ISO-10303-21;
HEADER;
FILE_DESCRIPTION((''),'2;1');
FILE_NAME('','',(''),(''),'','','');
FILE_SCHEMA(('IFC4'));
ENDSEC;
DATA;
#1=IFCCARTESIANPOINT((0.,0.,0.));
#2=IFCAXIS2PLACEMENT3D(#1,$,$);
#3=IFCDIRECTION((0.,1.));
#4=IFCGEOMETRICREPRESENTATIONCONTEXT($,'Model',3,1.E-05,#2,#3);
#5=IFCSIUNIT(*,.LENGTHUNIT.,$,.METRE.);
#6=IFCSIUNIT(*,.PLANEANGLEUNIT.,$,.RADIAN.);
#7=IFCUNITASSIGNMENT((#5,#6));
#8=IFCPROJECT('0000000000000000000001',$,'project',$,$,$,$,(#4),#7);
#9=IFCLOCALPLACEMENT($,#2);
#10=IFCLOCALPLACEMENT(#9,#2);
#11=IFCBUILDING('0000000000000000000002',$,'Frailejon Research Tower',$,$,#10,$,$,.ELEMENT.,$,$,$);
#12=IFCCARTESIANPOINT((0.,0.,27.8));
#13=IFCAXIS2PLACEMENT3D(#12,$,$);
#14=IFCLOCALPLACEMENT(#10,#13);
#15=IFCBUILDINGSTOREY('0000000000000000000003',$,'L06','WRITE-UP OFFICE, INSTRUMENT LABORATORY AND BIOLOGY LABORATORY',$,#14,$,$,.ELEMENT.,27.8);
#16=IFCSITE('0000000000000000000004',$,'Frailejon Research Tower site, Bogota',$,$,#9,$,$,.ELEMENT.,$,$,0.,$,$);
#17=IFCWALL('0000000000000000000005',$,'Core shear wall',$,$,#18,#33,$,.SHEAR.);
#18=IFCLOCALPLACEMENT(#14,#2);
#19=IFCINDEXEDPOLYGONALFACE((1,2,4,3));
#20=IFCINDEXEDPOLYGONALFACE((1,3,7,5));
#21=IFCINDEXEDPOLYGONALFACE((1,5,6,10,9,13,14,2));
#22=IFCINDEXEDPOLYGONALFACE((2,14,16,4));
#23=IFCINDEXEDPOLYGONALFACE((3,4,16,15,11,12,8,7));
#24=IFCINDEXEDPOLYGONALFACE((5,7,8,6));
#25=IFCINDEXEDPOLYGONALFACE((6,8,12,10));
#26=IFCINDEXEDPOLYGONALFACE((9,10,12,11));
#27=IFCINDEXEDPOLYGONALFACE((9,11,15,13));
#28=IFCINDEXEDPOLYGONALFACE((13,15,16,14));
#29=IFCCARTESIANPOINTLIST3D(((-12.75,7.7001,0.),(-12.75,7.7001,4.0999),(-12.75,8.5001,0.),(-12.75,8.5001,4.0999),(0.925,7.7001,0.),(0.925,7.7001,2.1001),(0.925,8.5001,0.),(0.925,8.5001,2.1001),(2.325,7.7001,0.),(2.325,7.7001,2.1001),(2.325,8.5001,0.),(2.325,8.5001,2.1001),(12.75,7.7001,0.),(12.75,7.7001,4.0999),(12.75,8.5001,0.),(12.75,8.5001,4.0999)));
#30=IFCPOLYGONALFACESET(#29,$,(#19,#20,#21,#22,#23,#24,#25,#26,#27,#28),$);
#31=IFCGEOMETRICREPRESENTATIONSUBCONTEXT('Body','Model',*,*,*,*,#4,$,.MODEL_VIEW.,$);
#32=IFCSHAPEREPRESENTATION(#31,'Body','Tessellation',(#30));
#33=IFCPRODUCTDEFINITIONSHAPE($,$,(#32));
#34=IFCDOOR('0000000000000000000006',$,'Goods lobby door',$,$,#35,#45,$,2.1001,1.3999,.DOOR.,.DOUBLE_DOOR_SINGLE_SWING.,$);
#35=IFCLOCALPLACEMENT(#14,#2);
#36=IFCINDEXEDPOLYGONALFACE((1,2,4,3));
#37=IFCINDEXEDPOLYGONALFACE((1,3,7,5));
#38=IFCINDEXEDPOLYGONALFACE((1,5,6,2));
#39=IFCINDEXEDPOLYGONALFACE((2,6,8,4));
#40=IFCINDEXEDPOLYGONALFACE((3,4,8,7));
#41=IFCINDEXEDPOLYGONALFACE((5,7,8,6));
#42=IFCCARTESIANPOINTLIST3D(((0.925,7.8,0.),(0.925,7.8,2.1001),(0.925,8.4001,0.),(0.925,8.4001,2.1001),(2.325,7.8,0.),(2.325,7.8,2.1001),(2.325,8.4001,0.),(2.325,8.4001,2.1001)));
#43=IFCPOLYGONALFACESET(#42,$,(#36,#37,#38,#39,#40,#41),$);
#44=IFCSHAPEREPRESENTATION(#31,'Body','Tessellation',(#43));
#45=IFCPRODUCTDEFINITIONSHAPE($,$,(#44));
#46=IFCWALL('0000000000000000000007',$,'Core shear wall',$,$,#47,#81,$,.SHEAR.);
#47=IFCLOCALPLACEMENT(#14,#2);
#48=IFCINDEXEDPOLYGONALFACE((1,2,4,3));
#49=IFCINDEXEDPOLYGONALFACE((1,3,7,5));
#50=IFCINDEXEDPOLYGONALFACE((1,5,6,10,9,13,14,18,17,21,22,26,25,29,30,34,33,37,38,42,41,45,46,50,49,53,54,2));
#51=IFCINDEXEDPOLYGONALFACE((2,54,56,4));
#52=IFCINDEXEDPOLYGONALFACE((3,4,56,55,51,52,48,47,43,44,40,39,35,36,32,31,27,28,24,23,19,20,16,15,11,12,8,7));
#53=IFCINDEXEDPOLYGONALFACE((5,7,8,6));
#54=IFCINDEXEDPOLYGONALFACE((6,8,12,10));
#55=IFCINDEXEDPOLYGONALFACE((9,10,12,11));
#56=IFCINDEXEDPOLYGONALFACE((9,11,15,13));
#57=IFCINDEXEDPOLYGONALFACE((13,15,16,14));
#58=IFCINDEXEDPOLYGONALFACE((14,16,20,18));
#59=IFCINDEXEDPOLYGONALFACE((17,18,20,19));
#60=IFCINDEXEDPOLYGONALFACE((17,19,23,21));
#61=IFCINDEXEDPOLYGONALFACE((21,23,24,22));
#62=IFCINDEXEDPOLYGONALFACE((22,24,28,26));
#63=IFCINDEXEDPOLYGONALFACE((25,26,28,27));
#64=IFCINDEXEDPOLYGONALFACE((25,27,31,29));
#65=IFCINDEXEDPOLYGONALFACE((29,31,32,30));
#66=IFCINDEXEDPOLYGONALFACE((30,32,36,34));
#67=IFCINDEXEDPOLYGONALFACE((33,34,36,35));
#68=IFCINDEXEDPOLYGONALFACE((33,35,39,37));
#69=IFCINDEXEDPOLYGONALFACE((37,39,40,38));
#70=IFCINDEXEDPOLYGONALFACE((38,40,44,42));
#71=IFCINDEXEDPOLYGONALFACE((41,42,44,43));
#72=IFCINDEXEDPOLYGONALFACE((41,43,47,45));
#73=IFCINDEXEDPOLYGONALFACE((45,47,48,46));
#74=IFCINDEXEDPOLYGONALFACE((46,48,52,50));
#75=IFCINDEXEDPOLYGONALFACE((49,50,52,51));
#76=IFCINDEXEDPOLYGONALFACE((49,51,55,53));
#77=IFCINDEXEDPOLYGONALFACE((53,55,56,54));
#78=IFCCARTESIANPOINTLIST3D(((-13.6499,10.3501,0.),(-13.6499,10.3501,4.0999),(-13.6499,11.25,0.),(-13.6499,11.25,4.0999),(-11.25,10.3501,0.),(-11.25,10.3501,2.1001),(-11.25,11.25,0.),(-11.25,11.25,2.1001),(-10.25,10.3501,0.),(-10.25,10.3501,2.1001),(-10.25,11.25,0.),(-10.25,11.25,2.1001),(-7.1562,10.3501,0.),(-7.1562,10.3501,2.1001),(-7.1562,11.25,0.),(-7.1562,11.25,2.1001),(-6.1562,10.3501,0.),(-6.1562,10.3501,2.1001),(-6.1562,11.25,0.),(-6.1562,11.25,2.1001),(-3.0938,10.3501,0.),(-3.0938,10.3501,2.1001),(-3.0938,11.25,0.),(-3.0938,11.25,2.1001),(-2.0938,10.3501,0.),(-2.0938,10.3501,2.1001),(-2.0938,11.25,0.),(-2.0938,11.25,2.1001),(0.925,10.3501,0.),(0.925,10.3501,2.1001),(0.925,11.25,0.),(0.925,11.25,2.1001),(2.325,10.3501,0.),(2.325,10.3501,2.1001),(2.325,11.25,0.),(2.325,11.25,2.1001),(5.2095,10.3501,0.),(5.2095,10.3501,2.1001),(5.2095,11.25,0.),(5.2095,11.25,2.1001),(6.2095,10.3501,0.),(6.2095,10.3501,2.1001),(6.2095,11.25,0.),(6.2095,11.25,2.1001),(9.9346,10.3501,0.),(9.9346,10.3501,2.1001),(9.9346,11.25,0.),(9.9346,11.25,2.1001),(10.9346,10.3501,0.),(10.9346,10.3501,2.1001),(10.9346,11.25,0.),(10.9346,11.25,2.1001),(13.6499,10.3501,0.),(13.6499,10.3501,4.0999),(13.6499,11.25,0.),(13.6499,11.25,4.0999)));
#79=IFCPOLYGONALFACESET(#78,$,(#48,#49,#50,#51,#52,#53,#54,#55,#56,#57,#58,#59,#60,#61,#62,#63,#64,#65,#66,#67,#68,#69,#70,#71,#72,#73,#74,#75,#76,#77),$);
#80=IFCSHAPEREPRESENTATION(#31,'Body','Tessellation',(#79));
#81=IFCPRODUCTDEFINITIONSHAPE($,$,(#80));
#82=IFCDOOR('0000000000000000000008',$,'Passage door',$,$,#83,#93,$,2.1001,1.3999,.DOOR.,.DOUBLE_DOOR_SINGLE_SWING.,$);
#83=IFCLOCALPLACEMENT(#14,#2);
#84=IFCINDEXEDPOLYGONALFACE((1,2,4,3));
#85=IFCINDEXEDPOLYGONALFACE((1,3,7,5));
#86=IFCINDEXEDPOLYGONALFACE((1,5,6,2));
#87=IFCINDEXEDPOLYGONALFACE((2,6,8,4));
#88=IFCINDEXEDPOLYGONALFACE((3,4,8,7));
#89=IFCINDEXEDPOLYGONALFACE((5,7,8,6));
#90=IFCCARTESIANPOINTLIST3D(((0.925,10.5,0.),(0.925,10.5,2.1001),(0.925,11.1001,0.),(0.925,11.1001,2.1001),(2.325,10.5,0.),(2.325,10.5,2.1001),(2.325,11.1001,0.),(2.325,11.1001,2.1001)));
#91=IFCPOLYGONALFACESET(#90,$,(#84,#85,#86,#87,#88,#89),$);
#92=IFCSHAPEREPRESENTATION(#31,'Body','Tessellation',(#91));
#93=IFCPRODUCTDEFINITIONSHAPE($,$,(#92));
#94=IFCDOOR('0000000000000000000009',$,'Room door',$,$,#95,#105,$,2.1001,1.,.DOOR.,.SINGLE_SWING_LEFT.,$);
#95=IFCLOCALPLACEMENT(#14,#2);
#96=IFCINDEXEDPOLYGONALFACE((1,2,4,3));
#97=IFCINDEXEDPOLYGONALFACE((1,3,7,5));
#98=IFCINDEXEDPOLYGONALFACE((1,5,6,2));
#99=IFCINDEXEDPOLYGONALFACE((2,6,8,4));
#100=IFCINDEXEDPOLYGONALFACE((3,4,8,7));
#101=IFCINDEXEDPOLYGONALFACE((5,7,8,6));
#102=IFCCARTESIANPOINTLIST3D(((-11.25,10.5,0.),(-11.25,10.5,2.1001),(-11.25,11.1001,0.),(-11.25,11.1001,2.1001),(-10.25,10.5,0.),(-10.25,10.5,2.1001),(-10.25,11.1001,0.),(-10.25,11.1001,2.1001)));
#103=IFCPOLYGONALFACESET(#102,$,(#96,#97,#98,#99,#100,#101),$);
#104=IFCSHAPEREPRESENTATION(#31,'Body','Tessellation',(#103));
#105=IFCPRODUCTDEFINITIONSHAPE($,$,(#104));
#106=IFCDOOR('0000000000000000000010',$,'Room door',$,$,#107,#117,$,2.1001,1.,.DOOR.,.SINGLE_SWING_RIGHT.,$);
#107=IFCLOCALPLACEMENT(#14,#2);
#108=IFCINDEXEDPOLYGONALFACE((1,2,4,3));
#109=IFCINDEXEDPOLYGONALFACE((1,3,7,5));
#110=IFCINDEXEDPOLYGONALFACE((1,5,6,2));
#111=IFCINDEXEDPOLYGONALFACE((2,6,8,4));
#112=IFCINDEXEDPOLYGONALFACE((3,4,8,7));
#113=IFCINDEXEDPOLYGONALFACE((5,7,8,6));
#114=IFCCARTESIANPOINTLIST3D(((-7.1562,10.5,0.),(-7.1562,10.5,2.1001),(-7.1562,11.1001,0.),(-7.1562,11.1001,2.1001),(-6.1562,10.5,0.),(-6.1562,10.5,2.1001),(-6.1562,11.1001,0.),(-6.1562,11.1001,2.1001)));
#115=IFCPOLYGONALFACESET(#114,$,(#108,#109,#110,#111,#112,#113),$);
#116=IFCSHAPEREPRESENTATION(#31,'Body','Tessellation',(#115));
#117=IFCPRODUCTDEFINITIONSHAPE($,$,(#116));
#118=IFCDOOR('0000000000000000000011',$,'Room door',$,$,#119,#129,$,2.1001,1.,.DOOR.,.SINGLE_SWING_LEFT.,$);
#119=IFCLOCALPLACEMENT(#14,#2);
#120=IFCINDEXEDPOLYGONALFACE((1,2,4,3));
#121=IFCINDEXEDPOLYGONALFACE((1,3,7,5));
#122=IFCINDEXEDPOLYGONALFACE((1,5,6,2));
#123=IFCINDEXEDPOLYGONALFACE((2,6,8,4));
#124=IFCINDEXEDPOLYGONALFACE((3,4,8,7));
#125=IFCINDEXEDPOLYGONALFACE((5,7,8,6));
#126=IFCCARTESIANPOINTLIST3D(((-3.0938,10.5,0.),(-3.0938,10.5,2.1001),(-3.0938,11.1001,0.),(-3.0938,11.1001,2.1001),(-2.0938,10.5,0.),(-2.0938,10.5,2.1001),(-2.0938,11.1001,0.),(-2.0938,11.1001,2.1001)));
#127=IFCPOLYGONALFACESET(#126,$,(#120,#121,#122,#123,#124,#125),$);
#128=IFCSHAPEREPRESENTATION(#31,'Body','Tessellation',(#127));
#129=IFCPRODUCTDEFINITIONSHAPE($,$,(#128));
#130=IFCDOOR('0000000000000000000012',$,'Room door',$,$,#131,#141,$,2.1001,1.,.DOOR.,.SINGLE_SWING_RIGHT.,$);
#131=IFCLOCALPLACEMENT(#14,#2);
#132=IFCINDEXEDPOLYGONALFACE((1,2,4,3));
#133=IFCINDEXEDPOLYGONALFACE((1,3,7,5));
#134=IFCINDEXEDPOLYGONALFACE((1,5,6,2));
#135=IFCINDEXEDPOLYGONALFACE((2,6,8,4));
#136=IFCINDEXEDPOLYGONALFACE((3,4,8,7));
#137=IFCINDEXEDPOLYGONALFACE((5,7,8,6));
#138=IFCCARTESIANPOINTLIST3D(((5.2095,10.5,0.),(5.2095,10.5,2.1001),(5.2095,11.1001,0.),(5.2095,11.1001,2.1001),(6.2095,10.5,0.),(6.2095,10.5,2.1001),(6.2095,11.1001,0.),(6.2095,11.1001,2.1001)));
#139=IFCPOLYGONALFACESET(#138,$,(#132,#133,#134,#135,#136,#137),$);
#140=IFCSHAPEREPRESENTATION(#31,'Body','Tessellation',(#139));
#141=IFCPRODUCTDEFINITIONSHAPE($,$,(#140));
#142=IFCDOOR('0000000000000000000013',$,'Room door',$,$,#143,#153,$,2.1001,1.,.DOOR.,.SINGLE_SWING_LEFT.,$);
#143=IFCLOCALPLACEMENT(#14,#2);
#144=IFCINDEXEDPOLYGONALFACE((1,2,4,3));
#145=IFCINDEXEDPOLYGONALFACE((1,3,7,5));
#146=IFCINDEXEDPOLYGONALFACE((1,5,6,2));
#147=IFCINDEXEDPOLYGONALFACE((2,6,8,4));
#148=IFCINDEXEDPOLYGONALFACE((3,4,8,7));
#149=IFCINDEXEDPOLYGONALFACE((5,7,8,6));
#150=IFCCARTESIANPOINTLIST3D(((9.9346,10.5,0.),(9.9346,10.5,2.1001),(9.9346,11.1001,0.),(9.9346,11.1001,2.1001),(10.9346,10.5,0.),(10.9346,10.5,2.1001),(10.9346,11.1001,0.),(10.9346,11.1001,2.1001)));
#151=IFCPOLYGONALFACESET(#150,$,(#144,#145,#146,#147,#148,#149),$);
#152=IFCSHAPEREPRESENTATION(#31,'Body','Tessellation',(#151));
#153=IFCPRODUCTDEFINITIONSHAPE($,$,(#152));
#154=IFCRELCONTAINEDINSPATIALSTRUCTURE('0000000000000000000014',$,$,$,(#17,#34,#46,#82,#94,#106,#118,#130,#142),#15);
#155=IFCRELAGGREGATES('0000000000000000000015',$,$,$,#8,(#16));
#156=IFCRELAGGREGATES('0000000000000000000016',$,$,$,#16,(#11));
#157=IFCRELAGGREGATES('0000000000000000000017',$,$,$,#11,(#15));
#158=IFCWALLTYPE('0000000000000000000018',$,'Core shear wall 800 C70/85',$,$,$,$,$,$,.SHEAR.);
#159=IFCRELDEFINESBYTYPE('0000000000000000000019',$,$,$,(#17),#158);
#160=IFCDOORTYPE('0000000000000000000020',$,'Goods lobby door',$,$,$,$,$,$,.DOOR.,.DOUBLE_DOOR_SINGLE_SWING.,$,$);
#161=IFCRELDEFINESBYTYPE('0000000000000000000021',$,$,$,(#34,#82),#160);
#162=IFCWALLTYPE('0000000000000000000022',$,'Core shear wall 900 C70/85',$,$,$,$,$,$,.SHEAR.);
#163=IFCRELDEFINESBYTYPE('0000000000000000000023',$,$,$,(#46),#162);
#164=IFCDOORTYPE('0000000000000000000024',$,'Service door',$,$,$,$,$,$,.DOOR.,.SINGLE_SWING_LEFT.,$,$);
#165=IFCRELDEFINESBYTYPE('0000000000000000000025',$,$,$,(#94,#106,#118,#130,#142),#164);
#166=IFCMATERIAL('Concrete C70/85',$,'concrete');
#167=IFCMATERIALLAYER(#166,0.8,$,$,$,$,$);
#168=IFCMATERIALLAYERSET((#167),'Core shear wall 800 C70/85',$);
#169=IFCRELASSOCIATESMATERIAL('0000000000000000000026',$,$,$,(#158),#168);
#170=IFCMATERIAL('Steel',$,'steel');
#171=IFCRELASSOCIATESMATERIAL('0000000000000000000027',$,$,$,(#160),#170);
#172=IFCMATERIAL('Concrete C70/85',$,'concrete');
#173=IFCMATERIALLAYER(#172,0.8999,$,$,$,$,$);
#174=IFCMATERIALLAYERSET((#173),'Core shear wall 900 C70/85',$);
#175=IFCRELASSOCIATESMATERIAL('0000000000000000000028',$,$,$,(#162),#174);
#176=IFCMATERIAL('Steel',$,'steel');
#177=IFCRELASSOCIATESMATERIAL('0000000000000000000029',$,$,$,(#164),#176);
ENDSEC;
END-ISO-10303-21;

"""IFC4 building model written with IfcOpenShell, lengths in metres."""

from ifc_helpers import new_model, si_unit, direction, frame, frame_2d, origin, place, context, subcontext, project, spatial, rectangle, extrude, material, layer, layer_set, type_object, element, fill, save


model = new_model("IFC4")

# Units and contexts
model_context = context("Model", 3, precision=1e-05, world=origin(), true_north=direction((0.0, 1.0)))
body_context = subcontext(model_context, "Body", "Model", "MODEL_VIEW")
ifc_project = project(units=[si_unit("LENGTHUNIT", "METRE"), si_unit("PLANEANGLEUNIT", "RADIAN")], contexts=[model_context])

# Site, building, storey
site_placement = place(None, origin())
site = spatial("IfcSite", under=ifc_project, at=site_placement, Name="Frailejon Research Tower site, Bogota", CompositionType="ELEMENT", RefElevation=0.0)
building_placement = place(site_placement, origin())
building = spatial("IfcBuilding", under=site, at=building_placement, Name="Frailejon Research Tower", CompositionType="ELEMENT")
storey_placement = place(building_placement, frame((0.0, 0.0, 27.8)))
storey = spatial("IfcBuildingStorey", under=building, at=storey_placement, Name="L06", Description="WRITE-UP OFFICE, INSTRUMENT LABORATORY AND BIOLOGY LABORATORY", CompositionType="ELEMENT", Elevation=27.8)

# Wall, opening, door
ifc_material_1 = material(Name="Concrete C70/85", Category="concrete")
ifc_layer_1 = layer(ifc_material_1, 0.8)
ifc_layer_set_1 = layer_set([ifc_layer_1], Name="Core shear wall 800 C70/85")
wall_type_1 = type_object("IfcWallType", Name="Core shear wall 800 C70/85", PredefinedType="SHEAR", material=ifc_layer_set_1)
wall_1_placement = place(storey_placement, frame((-12.75, 8.1001, 0.0), z_axis=(0.0, 0.0, 1.0), x_axis=(1.0, 0.0, 0.0)))
wall_1 = element("IfcWall", 1, at=wall_1_placement, inside=storey, type_object=wall_type_1, Name="Core shear wall", PredefinedType="SHEAR", context=body_context, shape_type="SweptSolid", body=[
    extrude(rectangle(XDim=25.5, YDim=0.8, at=frame_2d((12.75, 0.0))), origin(), (0.0, 0.0, 1.0), 4.0999),
])
opening_1_placement = place(wall_1_placement, frame((13.675, 0.0, 0.0)))
opening_1 = element("IfcOpeningElement", 2, at=opening_1_placement, cuts=wall_1, PredefinedType="OPENING", context=body_context, shape_type="SweptSolid", body=[
    extrude(rectangle(XDim=1.3999, YDim=2.1001, at=frame_2d((0.7, 1.05))), frame((0.0, 0.4099, 0.0), z_axis=(0.0, -1.0, 0.0), x_axis=(1.0, 0.0, 0.0)), (0.0, 0.0, 1.0), 0.8201),
])
ifc_material_2 = material(Name="Steel", Category="steel")
door_type_1 = type_object("IfcDoorType", Name="Goods lobby door", OperationType="DOUBLE_DOOR_SINGLE_SWING", PredefinedType="DOOR", material=ifc_material_2)
door_1_placement = place(opening_1_placement, origin())
door_1 = element("IfcDoor", 3, at=door_1_placement, inside=storey, type_object=door_type_1, Name="Goods lobby door", OperationType="DOUBLE_DOOR_SINGLE_SWING", OverallHeight=2.1001, OverallWidth=1.3999, PredefinedType="DOOR", context=body_context, shape_type="SweptSolid", body=[
    extrude(rectangle(XDim=1.3999, YDim=2.1001, at=frame_2d((0.7, 1.05))), frame((0.0, 0.3, 0.0), z_axis=(0.0, -1.0, 0.0), x_axis=(1.0, 0.0, 0.0)), (0.0, 0.0, 1.0), 0.6001),
])
fill(opening_1, door_1)

# Wall, openings, doors
ifc_material_3 = material(Name="Concrete C70/85", Category="concrete")
ifc_layer_2 = layer(ifc_material_3, 0.8999)
ifc_layer_set_2 = layer_set([ifc_layer_2], Name="Core shear wall 900 C70/85")
wall_type_2 = type_object("IfcWallType", Name="Core shear wall 900 C70/85", PredefinedType="SHEAR", material=ifc_layer_set_2)
wall_2_placement = place(storey_placement, frame((-13.6499, 10.8, 0.0), z_axis=(0.0, 0.0, 1.0), x_axis=(1.0, 0.0, 0.0)))
wall_2 = element("IfcWall", 4, at=wall_2_placement, inside=storey, type_object=wall_type_2, Name="Core shear wall", PredefinedType="SHEAR", context=body_context, shape_type="SweptSolid", body=[
    extrude(rectangle(XDim=27.2998, YDim=0.8999, at=frame_2d((13.6499, 0.0))), origin(), (0.0, 0.0, 1.0), 4.0999),
])
opening_2_placement = place(wall_2_placement, frame((2.3999, 0.0, 0.0)))
opening_2 = element("IfcOpeningElement", 5, at=opening_2_placement, cuts=wall_2, PredefinedType="OPENING", context=body_context, shape_type="SweptSolid", body=[
    extrude(rectangle(XDim=1.0, YDim=2.1001, at=frame_2d((0.5, 1.05))), frame((0.0, 0.46, 0.0), z_axis=(0.0, -1.0, 0.0), x_axis=(1.0, 0.0, 0.0)), (0.0, 0.0, 1.0), 0.9199),
])
opening_3_placement = place(wall_2_placement, frame((6.4937, 0.0, 0.0)))
opening_3 = element("IfcOpeningElement", 6, at=opening_3_placement, cuts=wall_2, PredefinedType="OPENING", context=body_context, shape_type="SweptSolid", body=[
    extrude(rectangle(XDim=1.0, YDim=2.1001, at=frame_2d((0.5, 1.05))), frame((0.0, 0.46, 0.0), z_axis=(0.0, -1.0, 0.0), x_axis=(1.0, 0.0, 0.0)), (0.0, 0.0, 1.0), 0.9199),
])
opening_4_placement = place(wall_2_placement, frame((10.5562, 0.0, 0.0)))
opening_4 = element("IfcOpeningElement", 7, at=opening_4_placement, cuts=wall_2, PredefinedType="OPENING", context=body_context, shape_type="SweptSolid", body=[
    extrude(rectangle(XDim=1.0, YDim=2.1001, at=frame_2d((0.5, 1.05))), frame((0.0, 0.46, 0.0), z_axis=(0.0, -1.0, 0.0), x_axis=(1.0, 0.0, 0.0)), (0.0, 0.0, 1.0), 0.9199),
])
opening_5_placement = place(wall_2_placement, frame((18.8594, 0.0, 0.0)))
opening_5 = element("IfcOpeningElement", 8, at=opening_5_placement, cuts=wall_2, PredefinedType="OPENING", context=body_context, shape_type="SweptSolid", body=[
    extrude(rectangle(XDim=1.0, YDim=2.1001, at=frame_2d((0.5, 1.05))), frame((0.0, 0.46, 0.0), z_axis=(0.0, -1.0, 0.0), x_axis=(1.0, 0.0, 0.0)), (0.0, 0.0, 1.0), 0.9199),
])
opening_6_placement = place(wall_2_placement, frame((23.5845, 0.0, 0.0)))
opening_6 = element("IfcOpeningElement", 9, at=opening_6_placement, cuts=wall_2, PredefinedType="OPENING", context=body_context, shape_type="SweptSolid", body=[
    extrude(rectangle(XDim=1.0, YDim=2.1001, at=frame_2d((0.5, 1.05))), frame((0.0, 0.46, 0.0), z_axis=(0.0, -1.0, 0.0), x_axis=(1.0, 0.0, 0.0)), (0.0, 0.0, 1.0), 0.9199),
])
opening_7_placement = place(wall_2_placement, frame((14.575, 0.0, 0.0)))
opening_7 = element("IfcOpeningElement", 10, at=opening_7_placement, cuts=wall_2, PredefinedType="OPENING", context=body_context, shape_type="SweptSolid", body=[
    extrude(rectangle(XDim=1.3999, YDim=2.1001, at=frame_2d((0.7, 1.05))), frame((0.0, 0.46, 0.0), z_axis=(0.0, -1.0, 0.0), x_axis=(1.0, 0.0, 0.0)), (0.0, 0.0, 1.0), 0.9199),
])
door_2_placement = place(opening_7_placement, origin())
door_2 = element("IfcDoor", 11, at=door_2_placement, inside=storey, type_object=door_type_1, Name="Passage door", OperationType="DOUBLE_DOOR_SINGLE_SWING", OverallHeight=2.1001, OverallWidth=1.3999, PredefinedType="DOOR", context=body_context, shape_type="SweptSolid", body=[
    extrude(rectangle(XDim=1.3999, YDim=2.1001, at=frame_2d((0.7, 1.05))), frame((0.0, 0.3, 0.0), z_axis=(0.0, -1.0, 0.0), x_axis=(1.0, 0.0, 0.0)), (0.0, 0.0, 1.0), 0.6001),
])
fill(opening_7, door_2)
ifc_material_4 = material(Name="Steel", Category="steel")
door_type_2 = type_object("IfcDoorType", Name="Service door", OperationType="SINGLE_SWING_LEFT", PredefinedType="DOOR", material=ifc_material_4)
door_3_placement = place(opening_2_placement, origin())
door_3 = element("IfcDoor", 12, at=door_3_placement, inside=storey, type_object=door_type_2, Name="Room door", OperationType="SINGLE_SWING_LEFT", OverallHeight=2.1001, OverallWidth=1.0, PredefinedType="DOOR", context=body_context, shape_type="SweptSolid", body=[
    extrude(rectangle(XDim=1.0, YDim=2.1001, at=frame_2d((0.5, 1.05))), frame((0.0, 0.3, 0.0), z_axis=(0.0, -1.0, 0.0), x_axis=(1.0, 0.0, 0.0)), (0.0, 0.0, 1.0), 0.6001),
])
fill(opening_2, door_3)
door_4_placement = place(opening_3_placement, origin())
door_4 = element("IfcDoor", 13, at=door_4_placement, inside=storey, type_object=door_type_2, Name="Room door", OperationType="SINGLE_SWING_RIGHT", OverallHeight=2.1001, OverallWidth=1.0, PredefinedType="DOOR", context=body_context, shape_type="SweptSolid", body=[
    extrude(rectangle(XDim=1.0, YDim=2.1001, at=frame_2d((0.5, 1.05))), frame((0.0, 0.3, 0.0), z_axis=(0.0, -1.0, 0.0), x_axis=(1.0, 0.0, 0.0)), (0.0, 0.0, 1.0), 0.6001),
])
fill(opening_3, door_4)
door_5_placement = place(opening_4_placement, origin())
door_5 = element("IfcDoor", 14, at=door_5_placement, inside=storey, type_object=door_type_2, Name="Room door", OperationType="SINGLE_SWING_LEFT", OverallHeight=2.1001, OverallWidth=1.0, PredefinedType="DOOR", context=body_context, shape_type="SweptSolid", body=[
    extrude(rectangle(XDim=1.0, YDim=2.1001, at=frame_2d((0.5, 1.05))), frame((0.0, 0.3, 0.0), z_axis=(0.0, -1.0, 0.0), x_axis=(1.0, 0.0, 0.0)), (0.0, 0.0, 1.0), 0.6001),
])
fill(opening_4, door_5)
door_6_placement = place(opening_5_placement, origin())
door_6 = element("IfcDoor", 15, at=door_6_placement, inside=storey, type_object=door_type_2, Name="Room door", OperationType="SINGLE_SWING_RIGHT", OverallHeight=2.1001, OverallWidth=1.0, PredefinedType="DOOR", context=body_context, shape_type="SweptSolid", body=[
    extrude(rectangle(XDim=1.0, YDim=2.1001, at=frame_2d((0.5, 1.05))), frame((0.0, 0.3, 0.0), z_axis=(0.0, -1.0, 0.0), x_axis=(1.0, 0.0, 0.0)), (0.0, 0.0, 1.0), 0.6001),
])
fill(opening_5, door_6)
door_7_placement = place(opening_6_placement, origin())
door_7 = element("IfcDoor", 16, at=door_7_placement, inside=storey, type_object=door_type_2, Name="Room door", OperationType="SINGLE_SWING_LEFT", OverallHeight=2.1001, OverallWidth=1.0, PredefinedType="DOOR", context=body_context, shape_type="SweptSolid", body=[
    extrude(rectangle(XDim=1.0, YDim=2.1001, at=frame_2d((0.5, 1.05))), frame((0.0, 0.3, 0.0), z_axis=(0.0, -1.0, 0.0), x_axis=(1.0, 0.0, 0.0)), (0.0, 0.0, 1.0), 0.6001),
])
fill(opening_6, door_7)

save(model, "model.ifc")
